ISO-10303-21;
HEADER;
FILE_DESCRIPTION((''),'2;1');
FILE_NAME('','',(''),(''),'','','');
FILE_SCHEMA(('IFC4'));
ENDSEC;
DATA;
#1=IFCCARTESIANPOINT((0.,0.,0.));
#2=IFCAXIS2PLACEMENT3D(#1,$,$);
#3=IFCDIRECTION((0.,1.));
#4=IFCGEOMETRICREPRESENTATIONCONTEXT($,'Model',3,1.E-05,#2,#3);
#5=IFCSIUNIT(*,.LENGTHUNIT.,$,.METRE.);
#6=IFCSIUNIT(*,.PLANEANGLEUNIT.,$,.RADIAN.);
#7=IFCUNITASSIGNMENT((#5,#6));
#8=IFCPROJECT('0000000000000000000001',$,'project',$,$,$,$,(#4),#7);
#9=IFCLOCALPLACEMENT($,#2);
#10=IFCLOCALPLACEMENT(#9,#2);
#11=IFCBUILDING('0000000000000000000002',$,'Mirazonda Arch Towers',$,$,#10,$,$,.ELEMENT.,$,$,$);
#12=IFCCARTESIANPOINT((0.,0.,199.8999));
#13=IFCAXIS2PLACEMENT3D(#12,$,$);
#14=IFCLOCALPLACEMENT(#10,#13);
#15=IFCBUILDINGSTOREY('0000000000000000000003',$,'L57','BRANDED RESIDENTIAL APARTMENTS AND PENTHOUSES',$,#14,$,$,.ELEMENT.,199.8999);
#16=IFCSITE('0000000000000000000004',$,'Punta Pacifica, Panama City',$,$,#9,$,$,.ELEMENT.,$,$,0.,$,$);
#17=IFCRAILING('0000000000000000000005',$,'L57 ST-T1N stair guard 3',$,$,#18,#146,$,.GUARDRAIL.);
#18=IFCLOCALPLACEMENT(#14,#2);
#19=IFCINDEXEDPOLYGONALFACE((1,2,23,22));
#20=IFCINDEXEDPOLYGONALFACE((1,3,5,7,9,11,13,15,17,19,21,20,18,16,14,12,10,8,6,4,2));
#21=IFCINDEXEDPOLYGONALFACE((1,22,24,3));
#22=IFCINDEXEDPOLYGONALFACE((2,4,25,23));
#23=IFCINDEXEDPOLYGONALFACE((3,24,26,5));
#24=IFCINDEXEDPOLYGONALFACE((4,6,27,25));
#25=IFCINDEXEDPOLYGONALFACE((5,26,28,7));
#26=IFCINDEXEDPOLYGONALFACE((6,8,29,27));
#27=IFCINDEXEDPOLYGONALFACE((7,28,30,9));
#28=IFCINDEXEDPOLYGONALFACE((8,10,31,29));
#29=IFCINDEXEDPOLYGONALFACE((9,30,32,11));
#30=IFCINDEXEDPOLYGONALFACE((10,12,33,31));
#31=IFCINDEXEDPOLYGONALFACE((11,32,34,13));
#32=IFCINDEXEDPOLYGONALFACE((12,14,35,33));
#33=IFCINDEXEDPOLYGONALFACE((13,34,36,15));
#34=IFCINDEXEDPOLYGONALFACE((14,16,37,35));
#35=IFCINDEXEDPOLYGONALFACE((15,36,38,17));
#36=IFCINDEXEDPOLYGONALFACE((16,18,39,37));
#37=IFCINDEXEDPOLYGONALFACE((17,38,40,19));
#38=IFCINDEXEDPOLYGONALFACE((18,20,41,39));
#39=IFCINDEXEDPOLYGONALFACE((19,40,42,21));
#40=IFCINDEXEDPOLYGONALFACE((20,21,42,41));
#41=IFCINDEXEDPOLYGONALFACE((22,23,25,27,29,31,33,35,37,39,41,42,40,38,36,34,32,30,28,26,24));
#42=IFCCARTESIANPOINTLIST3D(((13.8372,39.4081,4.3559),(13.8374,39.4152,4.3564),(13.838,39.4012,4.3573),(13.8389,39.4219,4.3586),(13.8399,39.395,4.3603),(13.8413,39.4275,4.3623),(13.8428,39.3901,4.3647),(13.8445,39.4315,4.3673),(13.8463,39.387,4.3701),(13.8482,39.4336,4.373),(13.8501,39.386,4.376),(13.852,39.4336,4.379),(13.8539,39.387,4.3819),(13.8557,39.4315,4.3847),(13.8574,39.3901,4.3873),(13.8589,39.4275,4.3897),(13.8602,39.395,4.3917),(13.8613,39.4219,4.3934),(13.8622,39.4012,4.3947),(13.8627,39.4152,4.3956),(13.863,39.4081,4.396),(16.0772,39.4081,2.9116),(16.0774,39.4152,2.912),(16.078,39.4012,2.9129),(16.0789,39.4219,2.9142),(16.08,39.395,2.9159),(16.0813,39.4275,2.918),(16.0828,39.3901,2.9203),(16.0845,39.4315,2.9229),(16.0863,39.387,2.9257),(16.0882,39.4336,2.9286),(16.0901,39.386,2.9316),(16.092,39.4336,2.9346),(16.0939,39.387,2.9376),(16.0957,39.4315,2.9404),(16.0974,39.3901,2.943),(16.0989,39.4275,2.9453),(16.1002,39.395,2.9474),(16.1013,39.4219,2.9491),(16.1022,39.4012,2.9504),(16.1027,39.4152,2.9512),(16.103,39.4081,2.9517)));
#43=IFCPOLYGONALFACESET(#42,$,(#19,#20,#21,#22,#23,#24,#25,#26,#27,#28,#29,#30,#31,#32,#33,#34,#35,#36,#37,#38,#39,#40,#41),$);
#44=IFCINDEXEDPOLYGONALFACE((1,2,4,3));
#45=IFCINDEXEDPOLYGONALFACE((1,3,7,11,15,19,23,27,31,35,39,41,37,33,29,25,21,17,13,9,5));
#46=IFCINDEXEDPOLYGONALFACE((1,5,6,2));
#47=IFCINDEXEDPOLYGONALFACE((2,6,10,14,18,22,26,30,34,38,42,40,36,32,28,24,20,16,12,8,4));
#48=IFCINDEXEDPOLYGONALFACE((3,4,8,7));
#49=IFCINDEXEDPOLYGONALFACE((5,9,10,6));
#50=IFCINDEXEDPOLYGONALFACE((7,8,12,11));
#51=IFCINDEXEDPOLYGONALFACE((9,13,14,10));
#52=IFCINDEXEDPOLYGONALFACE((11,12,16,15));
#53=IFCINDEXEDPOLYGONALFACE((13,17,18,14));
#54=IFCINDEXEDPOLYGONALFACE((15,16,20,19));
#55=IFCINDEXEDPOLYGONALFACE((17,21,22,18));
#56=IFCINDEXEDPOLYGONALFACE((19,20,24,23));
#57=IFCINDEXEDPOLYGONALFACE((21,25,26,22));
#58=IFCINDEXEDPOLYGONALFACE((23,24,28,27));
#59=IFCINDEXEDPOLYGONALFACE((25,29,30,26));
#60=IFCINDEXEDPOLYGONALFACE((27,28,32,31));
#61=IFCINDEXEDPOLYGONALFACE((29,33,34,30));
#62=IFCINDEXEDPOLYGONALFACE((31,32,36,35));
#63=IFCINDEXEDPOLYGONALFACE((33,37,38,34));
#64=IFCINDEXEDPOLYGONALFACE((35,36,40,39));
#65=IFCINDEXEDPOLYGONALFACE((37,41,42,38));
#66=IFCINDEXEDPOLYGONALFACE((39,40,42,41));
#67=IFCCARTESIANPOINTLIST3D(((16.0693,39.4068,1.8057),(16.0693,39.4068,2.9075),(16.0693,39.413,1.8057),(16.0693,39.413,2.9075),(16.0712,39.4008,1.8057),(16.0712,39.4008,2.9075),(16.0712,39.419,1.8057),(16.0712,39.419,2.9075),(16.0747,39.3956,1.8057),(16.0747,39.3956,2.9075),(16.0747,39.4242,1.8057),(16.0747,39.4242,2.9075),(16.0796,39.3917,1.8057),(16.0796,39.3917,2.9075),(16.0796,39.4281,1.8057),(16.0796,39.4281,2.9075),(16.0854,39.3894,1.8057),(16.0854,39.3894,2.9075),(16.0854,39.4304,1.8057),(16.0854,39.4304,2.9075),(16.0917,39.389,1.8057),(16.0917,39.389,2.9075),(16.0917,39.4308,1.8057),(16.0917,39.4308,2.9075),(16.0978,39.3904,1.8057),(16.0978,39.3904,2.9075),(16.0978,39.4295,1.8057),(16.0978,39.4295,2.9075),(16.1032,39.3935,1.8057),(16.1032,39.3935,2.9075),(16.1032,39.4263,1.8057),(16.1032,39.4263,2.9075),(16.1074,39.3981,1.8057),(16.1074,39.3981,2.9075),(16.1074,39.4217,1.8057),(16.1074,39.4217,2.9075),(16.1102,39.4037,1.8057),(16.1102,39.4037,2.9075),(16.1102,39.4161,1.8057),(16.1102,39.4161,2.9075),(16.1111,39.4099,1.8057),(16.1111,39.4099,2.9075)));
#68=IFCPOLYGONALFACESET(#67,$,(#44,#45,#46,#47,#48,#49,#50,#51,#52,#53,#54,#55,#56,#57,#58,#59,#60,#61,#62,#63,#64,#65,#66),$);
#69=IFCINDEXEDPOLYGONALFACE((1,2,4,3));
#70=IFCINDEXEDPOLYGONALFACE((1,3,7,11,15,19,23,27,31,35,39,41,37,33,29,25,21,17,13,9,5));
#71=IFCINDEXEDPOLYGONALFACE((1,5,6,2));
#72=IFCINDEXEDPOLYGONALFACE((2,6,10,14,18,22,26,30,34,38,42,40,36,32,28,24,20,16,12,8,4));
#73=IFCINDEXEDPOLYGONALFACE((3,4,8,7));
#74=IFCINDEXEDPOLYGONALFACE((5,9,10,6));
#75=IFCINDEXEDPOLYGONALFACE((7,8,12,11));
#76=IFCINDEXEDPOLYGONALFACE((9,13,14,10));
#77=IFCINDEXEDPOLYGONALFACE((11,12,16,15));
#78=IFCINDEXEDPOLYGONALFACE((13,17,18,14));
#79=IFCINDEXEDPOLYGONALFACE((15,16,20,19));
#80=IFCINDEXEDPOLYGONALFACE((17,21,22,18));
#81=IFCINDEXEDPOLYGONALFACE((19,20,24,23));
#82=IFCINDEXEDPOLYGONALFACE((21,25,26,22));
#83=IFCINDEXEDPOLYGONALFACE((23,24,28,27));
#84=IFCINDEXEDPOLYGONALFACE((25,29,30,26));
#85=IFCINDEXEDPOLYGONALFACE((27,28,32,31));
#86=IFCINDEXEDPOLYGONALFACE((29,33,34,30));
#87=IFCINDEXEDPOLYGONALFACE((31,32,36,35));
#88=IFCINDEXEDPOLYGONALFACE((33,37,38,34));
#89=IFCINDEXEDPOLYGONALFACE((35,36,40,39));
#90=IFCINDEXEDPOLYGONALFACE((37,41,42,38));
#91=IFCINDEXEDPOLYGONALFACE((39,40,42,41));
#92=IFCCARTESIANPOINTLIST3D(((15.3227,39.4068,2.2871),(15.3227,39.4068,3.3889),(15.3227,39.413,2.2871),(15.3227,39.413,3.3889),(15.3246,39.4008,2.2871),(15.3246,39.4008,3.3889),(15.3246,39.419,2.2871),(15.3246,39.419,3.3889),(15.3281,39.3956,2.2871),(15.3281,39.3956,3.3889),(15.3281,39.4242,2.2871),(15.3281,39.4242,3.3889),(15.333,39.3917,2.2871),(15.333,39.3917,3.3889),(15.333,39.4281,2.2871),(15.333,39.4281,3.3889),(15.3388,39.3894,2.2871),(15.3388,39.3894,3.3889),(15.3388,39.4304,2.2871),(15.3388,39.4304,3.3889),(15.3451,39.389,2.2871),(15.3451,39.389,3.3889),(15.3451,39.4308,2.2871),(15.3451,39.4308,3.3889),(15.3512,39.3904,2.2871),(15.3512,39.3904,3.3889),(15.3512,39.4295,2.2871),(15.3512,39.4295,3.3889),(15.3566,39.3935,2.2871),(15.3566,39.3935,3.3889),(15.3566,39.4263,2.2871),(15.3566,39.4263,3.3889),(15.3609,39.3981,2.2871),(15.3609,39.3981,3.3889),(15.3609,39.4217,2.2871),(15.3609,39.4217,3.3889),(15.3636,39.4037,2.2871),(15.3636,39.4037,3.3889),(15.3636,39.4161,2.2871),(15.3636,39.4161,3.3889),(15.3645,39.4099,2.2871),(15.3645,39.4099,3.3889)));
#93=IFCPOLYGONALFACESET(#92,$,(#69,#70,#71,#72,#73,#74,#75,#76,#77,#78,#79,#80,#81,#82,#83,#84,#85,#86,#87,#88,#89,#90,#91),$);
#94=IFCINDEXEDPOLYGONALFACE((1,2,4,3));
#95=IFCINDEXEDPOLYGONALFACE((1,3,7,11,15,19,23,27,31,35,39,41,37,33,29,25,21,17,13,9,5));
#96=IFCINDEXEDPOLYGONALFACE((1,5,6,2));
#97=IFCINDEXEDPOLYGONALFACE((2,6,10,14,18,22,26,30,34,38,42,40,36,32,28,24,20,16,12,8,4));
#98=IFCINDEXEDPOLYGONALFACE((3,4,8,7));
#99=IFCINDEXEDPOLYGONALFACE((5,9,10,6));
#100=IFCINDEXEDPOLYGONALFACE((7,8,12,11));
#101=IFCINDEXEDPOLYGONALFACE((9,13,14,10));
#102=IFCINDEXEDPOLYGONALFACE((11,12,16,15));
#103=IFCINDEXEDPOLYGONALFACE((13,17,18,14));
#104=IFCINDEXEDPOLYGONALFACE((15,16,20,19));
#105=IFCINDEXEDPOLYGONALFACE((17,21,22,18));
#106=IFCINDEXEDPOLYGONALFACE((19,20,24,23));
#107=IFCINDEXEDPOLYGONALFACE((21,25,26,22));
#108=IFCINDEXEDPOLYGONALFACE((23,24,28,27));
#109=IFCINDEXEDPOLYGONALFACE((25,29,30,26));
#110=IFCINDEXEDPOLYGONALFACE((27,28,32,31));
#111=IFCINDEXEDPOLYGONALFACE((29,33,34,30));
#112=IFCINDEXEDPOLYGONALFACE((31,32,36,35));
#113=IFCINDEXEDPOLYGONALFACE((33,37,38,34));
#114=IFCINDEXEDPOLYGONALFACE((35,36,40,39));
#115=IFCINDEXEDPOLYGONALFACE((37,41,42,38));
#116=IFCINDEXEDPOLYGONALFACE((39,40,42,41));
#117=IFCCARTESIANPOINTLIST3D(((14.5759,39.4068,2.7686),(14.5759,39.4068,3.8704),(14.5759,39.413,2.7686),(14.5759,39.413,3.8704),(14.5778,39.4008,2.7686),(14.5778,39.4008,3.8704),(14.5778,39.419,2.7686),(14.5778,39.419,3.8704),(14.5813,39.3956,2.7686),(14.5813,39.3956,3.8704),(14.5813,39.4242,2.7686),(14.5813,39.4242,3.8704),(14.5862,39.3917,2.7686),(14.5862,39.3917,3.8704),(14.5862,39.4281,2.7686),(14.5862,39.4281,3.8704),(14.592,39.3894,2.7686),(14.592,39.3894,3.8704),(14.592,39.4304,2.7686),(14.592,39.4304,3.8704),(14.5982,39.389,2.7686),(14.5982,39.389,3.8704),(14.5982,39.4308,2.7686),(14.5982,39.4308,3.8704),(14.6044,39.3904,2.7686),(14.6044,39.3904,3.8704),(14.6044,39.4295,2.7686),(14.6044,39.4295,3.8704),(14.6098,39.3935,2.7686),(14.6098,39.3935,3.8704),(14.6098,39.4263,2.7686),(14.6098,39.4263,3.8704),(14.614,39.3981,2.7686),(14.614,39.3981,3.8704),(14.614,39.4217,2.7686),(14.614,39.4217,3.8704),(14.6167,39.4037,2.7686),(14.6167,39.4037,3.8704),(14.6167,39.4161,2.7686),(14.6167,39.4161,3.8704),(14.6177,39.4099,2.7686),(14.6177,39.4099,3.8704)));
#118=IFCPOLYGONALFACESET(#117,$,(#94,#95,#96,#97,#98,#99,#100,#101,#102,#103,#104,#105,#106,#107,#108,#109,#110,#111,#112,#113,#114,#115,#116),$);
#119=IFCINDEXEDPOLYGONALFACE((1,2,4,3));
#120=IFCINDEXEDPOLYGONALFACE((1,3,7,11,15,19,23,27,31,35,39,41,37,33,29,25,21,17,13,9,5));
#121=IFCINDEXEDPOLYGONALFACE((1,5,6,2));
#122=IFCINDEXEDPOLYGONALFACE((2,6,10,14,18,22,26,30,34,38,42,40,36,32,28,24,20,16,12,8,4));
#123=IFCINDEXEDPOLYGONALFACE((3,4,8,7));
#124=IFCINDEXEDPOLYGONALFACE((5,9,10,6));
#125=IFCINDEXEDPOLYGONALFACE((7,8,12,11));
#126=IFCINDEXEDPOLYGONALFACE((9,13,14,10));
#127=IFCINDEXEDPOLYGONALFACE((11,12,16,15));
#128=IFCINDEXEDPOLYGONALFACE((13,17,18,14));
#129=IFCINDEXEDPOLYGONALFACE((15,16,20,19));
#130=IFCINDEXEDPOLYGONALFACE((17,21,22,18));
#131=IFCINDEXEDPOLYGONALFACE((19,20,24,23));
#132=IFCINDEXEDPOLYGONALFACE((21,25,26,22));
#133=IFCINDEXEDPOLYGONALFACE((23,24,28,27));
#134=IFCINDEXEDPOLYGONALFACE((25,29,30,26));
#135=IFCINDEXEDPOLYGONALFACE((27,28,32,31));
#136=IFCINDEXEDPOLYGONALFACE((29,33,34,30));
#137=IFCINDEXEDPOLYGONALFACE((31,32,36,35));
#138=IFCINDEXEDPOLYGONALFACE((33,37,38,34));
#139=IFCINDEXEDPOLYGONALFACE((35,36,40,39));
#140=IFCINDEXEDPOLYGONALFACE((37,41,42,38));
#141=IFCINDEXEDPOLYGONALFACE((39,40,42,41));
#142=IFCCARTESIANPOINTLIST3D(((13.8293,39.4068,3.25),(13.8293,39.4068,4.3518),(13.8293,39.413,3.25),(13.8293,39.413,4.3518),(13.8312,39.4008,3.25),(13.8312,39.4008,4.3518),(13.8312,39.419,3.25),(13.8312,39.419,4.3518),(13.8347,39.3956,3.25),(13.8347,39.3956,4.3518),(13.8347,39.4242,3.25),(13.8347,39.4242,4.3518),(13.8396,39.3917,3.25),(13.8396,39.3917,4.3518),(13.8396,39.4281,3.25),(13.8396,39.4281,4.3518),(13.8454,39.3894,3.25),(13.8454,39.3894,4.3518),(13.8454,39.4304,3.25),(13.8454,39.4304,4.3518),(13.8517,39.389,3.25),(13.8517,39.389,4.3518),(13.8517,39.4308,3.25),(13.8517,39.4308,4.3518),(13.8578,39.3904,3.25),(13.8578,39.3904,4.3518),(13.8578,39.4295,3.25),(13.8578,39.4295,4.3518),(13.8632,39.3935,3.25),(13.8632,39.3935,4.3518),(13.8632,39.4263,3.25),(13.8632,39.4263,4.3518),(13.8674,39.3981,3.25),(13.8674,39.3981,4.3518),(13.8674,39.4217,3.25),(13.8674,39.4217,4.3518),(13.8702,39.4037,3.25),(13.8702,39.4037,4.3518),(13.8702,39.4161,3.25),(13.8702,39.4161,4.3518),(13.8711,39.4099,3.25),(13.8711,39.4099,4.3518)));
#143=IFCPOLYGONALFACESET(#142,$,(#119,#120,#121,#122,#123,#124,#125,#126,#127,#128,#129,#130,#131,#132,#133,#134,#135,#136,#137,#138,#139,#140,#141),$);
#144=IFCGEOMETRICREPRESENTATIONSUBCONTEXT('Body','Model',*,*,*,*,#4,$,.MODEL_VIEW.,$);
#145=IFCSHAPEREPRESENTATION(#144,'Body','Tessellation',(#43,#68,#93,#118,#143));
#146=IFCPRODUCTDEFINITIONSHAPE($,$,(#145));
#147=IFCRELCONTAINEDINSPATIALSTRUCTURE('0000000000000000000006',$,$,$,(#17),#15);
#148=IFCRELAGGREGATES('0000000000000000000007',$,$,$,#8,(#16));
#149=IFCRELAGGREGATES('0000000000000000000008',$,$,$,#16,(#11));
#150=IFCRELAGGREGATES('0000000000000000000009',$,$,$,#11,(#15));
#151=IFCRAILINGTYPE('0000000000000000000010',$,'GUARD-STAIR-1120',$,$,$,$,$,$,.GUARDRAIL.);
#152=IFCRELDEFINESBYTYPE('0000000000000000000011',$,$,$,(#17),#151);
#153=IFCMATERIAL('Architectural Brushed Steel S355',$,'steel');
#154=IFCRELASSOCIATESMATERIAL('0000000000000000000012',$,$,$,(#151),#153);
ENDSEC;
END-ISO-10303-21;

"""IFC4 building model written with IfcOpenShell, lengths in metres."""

from ifc_helpers import new_model, si_unit, direction, frame, origin, origin_2d, place, context, subcontext, project, spatial, circle, extrude, material, type_object, element, save


model = new_model("IFC4")

# Units and contexts
model_context = context("Model", 3, precision=1e-05, world=origin(), true_north=direction((0.0, 1.0)))
body_context = subcontext(model_context, "Body", "Model", "MODEL_VIEW")
ifc_project = project(units=[si_unit("LENGTHUNIT", "METRE"), si_unit("PLANEANGLEUNIT", "RADIAN")], contexts=[model_context])

# Site, building, storey
site_placement = place(None, origin())
site = spatial("IfcSite", under=ifc_project, at=site_placement, Name="Punta Pacifica, Panama City", CompositionType="ELEMENT", RefElevation=0.0)
building_placement = place(site_placement, origin())
building = spatial("IfcBuilding", under=site, at=building_placement, Name="Mirazonda Arch Towers", CompositionType="ELEMENT")
storey_placement = place(building_placement, frame((0.0, 0.0, 199.8999)))
storey = spatial("IfcBuildingStorey", under=building, at=storey_placement, Name="L57", Description="BRANDED RESIDENTIAL APARTMENTS AND PENTHOUSES", CompositionType="ELEMENT", Elevation=199.8999)

# Shared definitions
ifc_material_1 = material(Name="Architectural Brushed Steel S355", Category="steel")

# Railing
railing_type_1 = type_object("IfcRailingType", Name="GUARD-STAIR-1120", PredefinedType="GUARDRAIL", material=ifc_material_1)
railing_1_placement = place(storey_placement, frame((16.0901, 39.4099, 1.8057)))
element("IfcRailing", 1, at=railing_1_placement, inside=storey, type_object=railing_type_1, Name="L57 ST-T1N stair guard 3", PredefinedType="GUARDRAIL", context=body_context, shape_type="SweptSolid", body=[
    extrude(circle(Radius=0.0239, at=origin_2d()), frame((0.0, 0.0, 1.126), z_axis=(-0.840437, 0.0, 0.54191), x_axis=(0.0, -1.0, 0.0)), (0.0, 0.0, 1.0), 2.6653),
    extrude(circle(Radius=0.021, at=origin_2d()), origin(), (0.0, 0.0, 1.0), 1.1018),
    extrude(circle(Radius=0.021, at=origin_2d()), frame((-0.7466, 0.0, 0.4814)), (0.0, 0.0, 1.0), 1.1018),
    extrude(circle(Radius=0.021, at=origin_2d()), frame((-1.4934, 0.0, 0.9629)), (0.0, 0.0, 1.0), 1.1018),
    extrude(circle(Radius=0.021, at=origin_2d()), frame((-2.24, 0.0, 1.4443)), (0.0, 0.0, 1.0), 1.1018),
])

save(model, "model.ifc")
